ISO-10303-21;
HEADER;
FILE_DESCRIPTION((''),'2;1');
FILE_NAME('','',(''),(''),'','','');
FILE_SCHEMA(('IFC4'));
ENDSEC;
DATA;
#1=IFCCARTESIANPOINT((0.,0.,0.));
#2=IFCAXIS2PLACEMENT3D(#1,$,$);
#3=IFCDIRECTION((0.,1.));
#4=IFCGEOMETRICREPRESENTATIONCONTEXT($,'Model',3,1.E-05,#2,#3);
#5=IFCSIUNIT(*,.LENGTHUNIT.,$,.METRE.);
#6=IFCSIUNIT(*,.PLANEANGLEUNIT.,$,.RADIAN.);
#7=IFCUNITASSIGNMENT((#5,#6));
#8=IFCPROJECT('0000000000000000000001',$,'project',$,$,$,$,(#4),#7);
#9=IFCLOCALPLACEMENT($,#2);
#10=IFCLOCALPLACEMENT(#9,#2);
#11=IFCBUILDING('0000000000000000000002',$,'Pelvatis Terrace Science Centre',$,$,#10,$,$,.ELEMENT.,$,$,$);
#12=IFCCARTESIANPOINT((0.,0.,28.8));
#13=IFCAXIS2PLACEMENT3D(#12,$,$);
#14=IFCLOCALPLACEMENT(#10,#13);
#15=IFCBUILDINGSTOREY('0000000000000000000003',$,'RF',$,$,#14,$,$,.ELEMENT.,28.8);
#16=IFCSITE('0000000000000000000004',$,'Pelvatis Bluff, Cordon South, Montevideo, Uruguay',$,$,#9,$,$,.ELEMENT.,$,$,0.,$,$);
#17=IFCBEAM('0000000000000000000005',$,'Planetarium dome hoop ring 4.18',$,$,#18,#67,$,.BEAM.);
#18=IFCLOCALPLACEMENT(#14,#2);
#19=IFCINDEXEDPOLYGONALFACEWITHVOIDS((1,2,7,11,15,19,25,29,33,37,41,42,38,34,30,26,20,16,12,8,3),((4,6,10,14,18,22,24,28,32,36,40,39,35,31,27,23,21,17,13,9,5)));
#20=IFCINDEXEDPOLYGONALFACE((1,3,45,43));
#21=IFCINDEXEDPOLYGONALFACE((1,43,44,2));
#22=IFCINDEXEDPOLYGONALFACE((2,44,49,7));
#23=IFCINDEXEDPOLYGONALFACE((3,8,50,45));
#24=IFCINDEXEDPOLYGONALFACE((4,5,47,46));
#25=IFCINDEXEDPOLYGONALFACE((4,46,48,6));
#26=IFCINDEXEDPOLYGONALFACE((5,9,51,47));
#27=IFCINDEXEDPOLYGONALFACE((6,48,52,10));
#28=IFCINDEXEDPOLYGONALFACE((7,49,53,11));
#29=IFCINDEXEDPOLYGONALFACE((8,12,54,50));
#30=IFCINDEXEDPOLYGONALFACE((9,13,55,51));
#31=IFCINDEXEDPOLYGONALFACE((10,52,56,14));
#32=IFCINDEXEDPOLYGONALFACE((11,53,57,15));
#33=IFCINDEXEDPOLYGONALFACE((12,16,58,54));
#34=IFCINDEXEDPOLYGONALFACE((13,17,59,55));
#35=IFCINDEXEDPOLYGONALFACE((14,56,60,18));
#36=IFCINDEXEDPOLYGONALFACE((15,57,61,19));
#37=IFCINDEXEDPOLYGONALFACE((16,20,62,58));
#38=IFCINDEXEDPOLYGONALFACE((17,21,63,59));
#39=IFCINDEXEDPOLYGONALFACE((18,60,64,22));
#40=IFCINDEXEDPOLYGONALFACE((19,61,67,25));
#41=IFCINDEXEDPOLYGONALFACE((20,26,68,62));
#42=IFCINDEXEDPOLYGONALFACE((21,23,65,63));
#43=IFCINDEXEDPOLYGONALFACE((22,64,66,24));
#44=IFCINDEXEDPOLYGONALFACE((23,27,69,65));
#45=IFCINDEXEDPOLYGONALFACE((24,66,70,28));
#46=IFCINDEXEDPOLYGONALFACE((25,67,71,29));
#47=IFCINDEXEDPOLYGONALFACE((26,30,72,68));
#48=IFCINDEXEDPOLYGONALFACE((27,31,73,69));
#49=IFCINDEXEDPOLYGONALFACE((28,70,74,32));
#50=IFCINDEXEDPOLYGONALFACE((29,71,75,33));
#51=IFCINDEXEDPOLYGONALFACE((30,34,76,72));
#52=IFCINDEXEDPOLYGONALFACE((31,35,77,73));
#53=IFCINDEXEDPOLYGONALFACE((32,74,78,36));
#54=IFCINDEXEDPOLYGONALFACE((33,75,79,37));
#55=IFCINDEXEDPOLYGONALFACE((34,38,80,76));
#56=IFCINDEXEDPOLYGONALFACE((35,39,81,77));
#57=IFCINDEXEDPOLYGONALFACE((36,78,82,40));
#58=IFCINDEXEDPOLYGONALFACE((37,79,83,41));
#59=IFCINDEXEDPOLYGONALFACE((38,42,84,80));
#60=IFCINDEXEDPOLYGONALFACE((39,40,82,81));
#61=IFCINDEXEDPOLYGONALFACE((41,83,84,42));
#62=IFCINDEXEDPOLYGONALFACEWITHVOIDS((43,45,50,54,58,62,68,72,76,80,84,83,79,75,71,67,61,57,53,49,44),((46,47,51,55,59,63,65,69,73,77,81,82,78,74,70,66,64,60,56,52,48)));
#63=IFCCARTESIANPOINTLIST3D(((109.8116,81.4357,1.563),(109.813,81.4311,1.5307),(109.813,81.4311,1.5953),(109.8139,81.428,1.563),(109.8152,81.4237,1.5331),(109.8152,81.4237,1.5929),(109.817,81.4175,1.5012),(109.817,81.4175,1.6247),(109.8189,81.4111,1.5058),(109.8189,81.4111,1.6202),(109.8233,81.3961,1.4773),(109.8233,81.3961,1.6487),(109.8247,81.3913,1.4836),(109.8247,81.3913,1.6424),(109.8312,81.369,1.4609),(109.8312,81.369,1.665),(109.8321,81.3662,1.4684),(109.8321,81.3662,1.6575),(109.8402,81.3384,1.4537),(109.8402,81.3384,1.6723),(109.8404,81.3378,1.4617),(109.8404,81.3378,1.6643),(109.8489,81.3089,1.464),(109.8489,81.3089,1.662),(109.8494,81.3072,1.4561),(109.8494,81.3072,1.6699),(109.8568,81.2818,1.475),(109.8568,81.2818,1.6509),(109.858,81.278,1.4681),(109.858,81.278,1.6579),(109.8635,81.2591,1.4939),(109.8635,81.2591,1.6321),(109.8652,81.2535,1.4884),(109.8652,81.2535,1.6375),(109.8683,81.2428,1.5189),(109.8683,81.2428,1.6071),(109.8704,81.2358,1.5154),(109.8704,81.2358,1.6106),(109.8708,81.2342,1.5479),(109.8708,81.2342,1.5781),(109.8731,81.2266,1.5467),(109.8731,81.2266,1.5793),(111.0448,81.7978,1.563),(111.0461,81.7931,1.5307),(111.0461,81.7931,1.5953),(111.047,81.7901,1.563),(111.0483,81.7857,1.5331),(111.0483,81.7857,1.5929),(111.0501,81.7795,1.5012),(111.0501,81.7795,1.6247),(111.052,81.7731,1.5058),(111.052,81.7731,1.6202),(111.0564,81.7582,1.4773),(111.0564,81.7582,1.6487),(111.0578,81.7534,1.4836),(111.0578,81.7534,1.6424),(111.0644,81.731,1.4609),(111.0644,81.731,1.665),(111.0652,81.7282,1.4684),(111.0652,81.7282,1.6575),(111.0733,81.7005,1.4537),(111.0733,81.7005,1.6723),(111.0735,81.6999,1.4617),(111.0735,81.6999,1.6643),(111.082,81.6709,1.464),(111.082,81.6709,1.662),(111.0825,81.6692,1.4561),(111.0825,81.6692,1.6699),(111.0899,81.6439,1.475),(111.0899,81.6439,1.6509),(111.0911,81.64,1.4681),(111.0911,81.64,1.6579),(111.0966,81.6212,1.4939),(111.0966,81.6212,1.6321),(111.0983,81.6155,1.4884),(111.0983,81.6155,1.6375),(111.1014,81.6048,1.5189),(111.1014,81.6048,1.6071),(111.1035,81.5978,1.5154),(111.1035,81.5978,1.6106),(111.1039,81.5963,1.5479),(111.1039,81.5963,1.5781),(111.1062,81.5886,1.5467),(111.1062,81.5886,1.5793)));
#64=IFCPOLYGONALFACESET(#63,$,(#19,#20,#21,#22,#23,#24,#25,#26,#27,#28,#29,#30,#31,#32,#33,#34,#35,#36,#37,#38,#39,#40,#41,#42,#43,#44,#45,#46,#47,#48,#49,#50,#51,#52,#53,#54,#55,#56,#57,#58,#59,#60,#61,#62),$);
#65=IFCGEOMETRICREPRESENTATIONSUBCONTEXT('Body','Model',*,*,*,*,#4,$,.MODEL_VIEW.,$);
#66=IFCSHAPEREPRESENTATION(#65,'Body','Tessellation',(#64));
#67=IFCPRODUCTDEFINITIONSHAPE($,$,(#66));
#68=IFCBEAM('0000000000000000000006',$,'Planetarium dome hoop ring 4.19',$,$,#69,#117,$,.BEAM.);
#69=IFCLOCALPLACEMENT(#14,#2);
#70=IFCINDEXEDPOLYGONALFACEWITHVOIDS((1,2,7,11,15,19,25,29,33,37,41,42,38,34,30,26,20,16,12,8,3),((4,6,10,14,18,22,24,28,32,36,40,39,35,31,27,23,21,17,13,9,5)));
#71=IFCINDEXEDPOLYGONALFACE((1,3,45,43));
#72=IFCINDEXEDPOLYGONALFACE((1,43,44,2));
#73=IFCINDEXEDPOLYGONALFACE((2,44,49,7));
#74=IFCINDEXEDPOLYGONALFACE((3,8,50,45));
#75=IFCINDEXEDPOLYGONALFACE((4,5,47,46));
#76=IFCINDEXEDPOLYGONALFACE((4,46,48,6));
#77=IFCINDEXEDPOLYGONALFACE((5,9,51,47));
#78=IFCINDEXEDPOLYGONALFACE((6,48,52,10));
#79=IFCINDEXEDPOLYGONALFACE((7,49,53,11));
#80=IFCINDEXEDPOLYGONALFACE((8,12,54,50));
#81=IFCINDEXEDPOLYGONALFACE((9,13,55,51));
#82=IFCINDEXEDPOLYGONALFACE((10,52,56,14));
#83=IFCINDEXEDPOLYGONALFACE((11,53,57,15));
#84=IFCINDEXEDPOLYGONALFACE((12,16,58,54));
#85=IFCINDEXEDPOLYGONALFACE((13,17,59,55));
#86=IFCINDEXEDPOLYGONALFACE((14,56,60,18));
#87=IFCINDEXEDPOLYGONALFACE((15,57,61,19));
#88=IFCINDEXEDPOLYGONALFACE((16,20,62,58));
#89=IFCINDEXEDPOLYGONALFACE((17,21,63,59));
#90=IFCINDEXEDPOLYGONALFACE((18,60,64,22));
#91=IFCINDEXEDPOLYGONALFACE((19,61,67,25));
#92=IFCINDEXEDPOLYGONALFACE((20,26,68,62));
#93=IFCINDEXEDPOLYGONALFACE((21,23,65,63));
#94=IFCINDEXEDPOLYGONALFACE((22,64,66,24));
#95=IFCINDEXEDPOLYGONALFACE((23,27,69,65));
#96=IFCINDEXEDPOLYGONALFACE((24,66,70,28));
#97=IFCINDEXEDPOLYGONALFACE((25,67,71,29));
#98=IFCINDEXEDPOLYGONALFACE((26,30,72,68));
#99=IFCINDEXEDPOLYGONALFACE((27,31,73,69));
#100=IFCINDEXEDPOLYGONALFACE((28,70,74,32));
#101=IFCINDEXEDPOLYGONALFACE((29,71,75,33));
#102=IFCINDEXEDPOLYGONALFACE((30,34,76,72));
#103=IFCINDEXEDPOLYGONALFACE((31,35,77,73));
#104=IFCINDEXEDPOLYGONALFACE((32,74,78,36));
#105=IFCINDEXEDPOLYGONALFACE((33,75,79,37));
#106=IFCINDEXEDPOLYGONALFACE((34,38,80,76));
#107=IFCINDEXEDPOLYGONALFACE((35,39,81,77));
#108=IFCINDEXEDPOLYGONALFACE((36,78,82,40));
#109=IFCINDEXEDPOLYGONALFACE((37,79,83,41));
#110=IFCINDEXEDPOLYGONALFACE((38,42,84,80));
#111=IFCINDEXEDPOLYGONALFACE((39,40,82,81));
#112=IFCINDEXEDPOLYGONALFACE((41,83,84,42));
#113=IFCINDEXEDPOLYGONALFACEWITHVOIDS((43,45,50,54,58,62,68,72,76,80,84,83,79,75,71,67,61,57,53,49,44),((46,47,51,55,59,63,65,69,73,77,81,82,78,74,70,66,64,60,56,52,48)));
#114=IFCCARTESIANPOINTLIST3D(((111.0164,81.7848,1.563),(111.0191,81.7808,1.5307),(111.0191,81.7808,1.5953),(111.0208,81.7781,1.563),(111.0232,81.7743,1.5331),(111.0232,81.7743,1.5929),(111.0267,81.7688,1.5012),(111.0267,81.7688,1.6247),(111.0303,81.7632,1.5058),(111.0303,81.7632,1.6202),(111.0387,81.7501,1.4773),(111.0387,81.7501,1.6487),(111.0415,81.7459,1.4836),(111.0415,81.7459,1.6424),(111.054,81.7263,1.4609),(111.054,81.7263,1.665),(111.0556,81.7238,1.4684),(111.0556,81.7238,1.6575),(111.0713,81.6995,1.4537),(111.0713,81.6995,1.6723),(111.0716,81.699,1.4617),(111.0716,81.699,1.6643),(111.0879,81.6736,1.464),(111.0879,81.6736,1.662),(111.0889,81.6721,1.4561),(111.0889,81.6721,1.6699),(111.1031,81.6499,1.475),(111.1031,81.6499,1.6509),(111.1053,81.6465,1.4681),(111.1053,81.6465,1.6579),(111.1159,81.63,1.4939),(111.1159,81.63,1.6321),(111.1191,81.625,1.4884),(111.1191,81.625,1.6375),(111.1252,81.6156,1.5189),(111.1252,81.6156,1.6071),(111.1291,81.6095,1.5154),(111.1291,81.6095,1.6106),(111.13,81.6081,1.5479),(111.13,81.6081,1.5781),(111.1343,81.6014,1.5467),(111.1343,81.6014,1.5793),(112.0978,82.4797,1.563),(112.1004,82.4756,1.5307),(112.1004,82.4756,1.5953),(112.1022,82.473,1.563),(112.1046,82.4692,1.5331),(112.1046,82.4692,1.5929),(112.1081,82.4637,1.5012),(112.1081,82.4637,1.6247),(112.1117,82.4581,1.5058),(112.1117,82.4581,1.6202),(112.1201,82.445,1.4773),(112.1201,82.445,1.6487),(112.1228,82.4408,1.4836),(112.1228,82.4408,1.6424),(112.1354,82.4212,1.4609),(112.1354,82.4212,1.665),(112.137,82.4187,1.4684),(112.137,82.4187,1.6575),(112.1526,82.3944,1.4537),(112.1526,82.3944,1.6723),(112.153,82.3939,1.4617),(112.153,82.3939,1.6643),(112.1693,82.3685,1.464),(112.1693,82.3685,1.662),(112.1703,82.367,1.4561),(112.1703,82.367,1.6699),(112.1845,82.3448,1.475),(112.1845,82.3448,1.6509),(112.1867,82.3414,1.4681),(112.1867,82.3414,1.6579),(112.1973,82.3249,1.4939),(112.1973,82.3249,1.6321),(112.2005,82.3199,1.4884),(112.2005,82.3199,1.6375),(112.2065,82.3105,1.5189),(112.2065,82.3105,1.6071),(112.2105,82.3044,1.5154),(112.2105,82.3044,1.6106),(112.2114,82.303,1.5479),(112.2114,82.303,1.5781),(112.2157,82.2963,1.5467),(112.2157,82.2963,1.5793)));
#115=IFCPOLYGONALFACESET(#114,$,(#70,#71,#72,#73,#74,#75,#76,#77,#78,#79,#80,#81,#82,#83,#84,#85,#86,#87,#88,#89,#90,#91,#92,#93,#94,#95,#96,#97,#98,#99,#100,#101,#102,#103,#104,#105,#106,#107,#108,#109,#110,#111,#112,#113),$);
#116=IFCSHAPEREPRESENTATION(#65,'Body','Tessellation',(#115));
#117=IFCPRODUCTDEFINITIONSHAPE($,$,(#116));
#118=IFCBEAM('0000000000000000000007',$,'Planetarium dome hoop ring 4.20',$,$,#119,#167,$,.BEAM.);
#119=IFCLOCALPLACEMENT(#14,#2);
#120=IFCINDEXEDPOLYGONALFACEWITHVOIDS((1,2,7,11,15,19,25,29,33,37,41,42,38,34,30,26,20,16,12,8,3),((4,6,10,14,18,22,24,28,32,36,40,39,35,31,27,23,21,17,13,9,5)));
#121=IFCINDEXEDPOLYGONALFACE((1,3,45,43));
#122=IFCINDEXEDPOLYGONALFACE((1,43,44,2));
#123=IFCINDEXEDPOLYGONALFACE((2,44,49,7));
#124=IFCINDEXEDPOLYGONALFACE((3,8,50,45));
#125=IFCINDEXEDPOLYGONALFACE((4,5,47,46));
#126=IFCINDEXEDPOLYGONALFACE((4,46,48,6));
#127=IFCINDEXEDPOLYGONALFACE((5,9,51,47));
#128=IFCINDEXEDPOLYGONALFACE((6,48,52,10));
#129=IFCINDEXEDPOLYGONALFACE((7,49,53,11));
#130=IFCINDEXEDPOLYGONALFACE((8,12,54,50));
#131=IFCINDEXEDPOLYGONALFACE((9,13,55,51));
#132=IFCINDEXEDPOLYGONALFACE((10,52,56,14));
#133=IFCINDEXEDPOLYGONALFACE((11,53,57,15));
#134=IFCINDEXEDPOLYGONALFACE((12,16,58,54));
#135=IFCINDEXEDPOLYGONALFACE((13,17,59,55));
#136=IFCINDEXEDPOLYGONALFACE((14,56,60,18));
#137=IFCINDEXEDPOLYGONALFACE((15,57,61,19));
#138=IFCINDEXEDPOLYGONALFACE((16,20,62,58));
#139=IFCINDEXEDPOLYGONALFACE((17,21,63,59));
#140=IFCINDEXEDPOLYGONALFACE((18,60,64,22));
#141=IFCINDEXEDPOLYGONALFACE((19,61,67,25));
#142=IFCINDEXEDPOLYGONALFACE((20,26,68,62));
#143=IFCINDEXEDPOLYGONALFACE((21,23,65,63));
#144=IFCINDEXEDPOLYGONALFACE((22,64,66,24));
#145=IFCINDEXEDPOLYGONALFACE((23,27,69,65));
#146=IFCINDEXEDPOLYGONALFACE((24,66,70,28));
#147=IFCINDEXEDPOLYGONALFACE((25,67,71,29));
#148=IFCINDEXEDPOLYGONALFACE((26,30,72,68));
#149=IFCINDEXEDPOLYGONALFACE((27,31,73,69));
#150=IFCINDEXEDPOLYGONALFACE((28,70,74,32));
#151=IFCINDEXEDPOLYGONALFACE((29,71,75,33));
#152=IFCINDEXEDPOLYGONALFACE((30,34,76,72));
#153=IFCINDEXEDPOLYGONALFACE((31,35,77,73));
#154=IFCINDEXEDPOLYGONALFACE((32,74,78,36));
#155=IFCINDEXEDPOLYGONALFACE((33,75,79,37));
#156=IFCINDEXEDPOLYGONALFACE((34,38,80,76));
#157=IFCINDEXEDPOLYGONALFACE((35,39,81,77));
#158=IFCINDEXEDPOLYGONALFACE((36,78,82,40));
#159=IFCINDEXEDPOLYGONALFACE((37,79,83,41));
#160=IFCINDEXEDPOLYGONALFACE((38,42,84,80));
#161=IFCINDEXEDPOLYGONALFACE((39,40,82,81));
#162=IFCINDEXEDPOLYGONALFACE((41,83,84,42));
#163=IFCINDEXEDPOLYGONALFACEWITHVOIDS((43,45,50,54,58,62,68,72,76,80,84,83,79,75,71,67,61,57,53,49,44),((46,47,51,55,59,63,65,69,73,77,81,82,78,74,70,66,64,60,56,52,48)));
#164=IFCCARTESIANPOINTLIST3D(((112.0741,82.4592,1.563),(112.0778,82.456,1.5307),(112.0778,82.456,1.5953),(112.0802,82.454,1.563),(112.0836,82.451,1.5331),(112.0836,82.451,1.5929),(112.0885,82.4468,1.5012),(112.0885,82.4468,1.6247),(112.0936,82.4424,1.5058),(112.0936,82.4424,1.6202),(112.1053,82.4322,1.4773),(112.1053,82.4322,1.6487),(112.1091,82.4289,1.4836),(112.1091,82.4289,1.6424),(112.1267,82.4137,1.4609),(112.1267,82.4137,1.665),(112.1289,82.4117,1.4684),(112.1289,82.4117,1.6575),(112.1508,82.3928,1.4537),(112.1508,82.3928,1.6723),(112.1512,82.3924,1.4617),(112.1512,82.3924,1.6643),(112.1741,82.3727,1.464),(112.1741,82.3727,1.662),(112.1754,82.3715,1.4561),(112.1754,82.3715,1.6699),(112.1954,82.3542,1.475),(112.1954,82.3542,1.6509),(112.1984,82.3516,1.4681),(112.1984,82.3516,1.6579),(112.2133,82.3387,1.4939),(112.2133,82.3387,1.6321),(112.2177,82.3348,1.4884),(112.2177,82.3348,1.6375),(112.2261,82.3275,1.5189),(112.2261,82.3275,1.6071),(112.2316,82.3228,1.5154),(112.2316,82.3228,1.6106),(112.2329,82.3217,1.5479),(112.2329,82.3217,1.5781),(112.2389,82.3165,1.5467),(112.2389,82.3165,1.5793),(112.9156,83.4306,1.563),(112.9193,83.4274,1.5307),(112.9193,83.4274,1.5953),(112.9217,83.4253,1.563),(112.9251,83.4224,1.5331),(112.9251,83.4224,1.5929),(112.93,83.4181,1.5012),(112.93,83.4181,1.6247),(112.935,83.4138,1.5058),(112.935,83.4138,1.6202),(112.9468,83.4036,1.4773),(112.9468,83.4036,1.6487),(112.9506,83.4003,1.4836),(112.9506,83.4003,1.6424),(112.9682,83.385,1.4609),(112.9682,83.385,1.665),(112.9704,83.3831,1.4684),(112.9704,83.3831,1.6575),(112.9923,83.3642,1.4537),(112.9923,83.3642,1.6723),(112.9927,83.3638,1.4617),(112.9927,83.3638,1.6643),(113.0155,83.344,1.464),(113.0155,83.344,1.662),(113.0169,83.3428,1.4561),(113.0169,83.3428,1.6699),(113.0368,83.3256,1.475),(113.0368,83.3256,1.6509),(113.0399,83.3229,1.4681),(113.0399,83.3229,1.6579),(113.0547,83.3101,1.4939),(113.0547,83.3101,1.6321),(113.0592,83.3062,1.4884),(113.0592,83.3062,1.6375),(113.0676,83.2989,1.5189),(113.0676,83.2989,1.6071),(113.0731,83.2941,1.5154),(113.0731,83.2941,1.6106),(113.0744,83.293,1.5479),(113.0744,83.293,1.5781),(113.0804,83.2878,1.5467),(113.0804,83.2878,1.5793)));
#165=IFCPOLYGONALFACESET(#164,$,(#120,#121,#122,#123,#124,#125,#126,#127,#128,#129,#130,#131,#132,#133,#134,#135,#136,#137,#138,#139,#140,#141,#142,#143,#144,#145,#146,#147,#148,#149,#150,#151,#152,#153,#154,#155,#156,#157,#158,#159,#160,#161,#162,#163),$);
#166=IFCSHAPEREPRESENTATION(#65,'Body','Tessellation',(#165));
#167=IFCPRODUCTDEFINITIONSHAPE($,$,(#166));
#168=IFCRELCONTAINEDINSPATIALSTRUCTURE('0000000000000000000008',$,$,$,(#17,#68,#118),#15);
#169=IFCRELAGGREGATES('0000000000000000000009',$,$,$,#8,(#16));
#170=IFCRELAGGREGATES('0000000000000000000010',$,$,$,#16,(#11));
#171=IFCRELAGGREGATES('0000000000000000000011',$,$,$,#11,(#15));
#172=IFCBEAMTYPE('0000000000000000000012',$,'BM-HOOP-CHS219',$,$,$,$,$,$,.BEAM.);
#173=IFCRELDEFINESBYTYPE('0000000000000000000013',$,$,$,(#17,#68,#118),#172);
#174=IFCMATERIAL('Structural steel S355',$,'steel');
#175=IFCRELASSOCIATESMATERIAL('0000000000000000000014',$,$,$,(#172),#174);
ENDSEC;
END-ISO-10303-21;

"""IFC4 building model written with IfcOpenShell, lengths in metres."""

from ifc_helpers import new_model, si_unit, direction, frame, origin, origin_2d, place, context, subcontext, project, spatial, hollow_circle, extrude, material, material_profile, profile_set, type_object, element, save


model = new_model("IFC4")

# Units and contexts
model_context = context("Model", 3, precision=1e-05, world=origin(), true_north=direction((0.0, 1.0)))
body_context = subcontext(model_context, "Body", "Model", "MODEL_VIEW")
ifc_project = project(units=[si_unit("LENGTHUNIT", "METRE"), si_unit("PLANEANGLEUNIT", "RADIAN")], contexts=[model_context])

# Site, building, storey
site_placement = place(None, origin())
site = spatial("IfcSite", under=ifc_project, at=site_placement, Name="Pelvatis Bluff, Cordon South, Montevideo, Uruguay", CompositionType="ELEMENT", RefElevation=0.0)
building_placement = place(site_placement, origin())
building = spatial("IfcBuilding", under=site, at=building_placement, Name="Pelvatis Terrace Science Centre", CompositionType="ELEMENT")
storey_placement = place(building_placement, frame((0.0, 0.0, 28.8)))
storey = spatial("IfcBuildingStorey", under=building, at=storey_placement, Name="RF", CompositionType="ELEMENT", Elevation=28.8)

# Beams
ifc_material_1 = material(Name="Structural steel S355", Category="steel")
ifc_material_profile_1 = material_profile(ifc_material_1, hollow_circle(Radius=0.1096, WallThickness=0.0081, at=origin_2d()), Name="CHS 219.1x8.0")
ifc_profile_set_1 = profile_set([ifc_material_profile_1], Name="Structural steel S355")
beam_type_1 = type_object("IfcBeamType", Name="BM-HOOP-CHS219", PredefinedType="BEAM", material=ifc_profile_set_1)
beam_1_placement = place(storey_placement, frame((109.8425, 81.3306, 1.563), z_axis=(0.959498, 0.281714, 0.0), x_axis=(-0.281714, 0.959498, 0.0)))
element("IfcBeam", 1, at=beam_1_placement, inside=storey, type_object=beam_type_1, Name="Planetarium dome hoop ring 4.18", PredefinedType="BEAM", context=body_context, shape_type="SweptSolid", body=[
    extrude(hollow_circle(Radius=0.1096, WallThickness=0.0081, at=origin_2d()), origin(), (0.0, 0.0, 1.0), 1.2852),
])
beam_2_placement = place(storey_placement, frame((111.0757, 81.6926, 1.563), z_axis=(0.841283, 0.540594, 0.0), x_axis=(-0.540594, 0.841283, 0.0)))
element("IfcBeam", 2, at=beam_2_placement, inside=storey, type_object=beam_type_1, Name="Planetarium dome hoop ring 4.19", PredefinedType="BEAM", context=body_context, shape_type="SweptSolid", body=[
    extrude(hollow_circle(Radius=0.1096, WallThickness=0.0081, at=origin_2d()), origin(), (0.0, 0.0, 1.0), 1.2854),
])
for number, where, z_axis, x_axis, name in (
    (3, (112.157, 82.3875, 1.563), (0.654771, 0.755827, 0.0), (-0.755827, 0.654771, 0.0), "Planetarium dome hoop ring 4.20"),
):
    element("IfcBeam", number, at=place(storey_placement, frame(where, z_axis=z_axis, x_axis=x_axis)), inside=storey, type_object=beam_type_1, Name=name, PredefinedType="BEAM", context=body_context, shape_type="SweptSolid", body=[
        extrude(hollow_circle(Radius=0.1096, WallThickness=0.0081, at=origin_2d()), origin(), (0.0, 0.0, 1.0), 1.2852),
    ])

save(model, "model.ifc")
